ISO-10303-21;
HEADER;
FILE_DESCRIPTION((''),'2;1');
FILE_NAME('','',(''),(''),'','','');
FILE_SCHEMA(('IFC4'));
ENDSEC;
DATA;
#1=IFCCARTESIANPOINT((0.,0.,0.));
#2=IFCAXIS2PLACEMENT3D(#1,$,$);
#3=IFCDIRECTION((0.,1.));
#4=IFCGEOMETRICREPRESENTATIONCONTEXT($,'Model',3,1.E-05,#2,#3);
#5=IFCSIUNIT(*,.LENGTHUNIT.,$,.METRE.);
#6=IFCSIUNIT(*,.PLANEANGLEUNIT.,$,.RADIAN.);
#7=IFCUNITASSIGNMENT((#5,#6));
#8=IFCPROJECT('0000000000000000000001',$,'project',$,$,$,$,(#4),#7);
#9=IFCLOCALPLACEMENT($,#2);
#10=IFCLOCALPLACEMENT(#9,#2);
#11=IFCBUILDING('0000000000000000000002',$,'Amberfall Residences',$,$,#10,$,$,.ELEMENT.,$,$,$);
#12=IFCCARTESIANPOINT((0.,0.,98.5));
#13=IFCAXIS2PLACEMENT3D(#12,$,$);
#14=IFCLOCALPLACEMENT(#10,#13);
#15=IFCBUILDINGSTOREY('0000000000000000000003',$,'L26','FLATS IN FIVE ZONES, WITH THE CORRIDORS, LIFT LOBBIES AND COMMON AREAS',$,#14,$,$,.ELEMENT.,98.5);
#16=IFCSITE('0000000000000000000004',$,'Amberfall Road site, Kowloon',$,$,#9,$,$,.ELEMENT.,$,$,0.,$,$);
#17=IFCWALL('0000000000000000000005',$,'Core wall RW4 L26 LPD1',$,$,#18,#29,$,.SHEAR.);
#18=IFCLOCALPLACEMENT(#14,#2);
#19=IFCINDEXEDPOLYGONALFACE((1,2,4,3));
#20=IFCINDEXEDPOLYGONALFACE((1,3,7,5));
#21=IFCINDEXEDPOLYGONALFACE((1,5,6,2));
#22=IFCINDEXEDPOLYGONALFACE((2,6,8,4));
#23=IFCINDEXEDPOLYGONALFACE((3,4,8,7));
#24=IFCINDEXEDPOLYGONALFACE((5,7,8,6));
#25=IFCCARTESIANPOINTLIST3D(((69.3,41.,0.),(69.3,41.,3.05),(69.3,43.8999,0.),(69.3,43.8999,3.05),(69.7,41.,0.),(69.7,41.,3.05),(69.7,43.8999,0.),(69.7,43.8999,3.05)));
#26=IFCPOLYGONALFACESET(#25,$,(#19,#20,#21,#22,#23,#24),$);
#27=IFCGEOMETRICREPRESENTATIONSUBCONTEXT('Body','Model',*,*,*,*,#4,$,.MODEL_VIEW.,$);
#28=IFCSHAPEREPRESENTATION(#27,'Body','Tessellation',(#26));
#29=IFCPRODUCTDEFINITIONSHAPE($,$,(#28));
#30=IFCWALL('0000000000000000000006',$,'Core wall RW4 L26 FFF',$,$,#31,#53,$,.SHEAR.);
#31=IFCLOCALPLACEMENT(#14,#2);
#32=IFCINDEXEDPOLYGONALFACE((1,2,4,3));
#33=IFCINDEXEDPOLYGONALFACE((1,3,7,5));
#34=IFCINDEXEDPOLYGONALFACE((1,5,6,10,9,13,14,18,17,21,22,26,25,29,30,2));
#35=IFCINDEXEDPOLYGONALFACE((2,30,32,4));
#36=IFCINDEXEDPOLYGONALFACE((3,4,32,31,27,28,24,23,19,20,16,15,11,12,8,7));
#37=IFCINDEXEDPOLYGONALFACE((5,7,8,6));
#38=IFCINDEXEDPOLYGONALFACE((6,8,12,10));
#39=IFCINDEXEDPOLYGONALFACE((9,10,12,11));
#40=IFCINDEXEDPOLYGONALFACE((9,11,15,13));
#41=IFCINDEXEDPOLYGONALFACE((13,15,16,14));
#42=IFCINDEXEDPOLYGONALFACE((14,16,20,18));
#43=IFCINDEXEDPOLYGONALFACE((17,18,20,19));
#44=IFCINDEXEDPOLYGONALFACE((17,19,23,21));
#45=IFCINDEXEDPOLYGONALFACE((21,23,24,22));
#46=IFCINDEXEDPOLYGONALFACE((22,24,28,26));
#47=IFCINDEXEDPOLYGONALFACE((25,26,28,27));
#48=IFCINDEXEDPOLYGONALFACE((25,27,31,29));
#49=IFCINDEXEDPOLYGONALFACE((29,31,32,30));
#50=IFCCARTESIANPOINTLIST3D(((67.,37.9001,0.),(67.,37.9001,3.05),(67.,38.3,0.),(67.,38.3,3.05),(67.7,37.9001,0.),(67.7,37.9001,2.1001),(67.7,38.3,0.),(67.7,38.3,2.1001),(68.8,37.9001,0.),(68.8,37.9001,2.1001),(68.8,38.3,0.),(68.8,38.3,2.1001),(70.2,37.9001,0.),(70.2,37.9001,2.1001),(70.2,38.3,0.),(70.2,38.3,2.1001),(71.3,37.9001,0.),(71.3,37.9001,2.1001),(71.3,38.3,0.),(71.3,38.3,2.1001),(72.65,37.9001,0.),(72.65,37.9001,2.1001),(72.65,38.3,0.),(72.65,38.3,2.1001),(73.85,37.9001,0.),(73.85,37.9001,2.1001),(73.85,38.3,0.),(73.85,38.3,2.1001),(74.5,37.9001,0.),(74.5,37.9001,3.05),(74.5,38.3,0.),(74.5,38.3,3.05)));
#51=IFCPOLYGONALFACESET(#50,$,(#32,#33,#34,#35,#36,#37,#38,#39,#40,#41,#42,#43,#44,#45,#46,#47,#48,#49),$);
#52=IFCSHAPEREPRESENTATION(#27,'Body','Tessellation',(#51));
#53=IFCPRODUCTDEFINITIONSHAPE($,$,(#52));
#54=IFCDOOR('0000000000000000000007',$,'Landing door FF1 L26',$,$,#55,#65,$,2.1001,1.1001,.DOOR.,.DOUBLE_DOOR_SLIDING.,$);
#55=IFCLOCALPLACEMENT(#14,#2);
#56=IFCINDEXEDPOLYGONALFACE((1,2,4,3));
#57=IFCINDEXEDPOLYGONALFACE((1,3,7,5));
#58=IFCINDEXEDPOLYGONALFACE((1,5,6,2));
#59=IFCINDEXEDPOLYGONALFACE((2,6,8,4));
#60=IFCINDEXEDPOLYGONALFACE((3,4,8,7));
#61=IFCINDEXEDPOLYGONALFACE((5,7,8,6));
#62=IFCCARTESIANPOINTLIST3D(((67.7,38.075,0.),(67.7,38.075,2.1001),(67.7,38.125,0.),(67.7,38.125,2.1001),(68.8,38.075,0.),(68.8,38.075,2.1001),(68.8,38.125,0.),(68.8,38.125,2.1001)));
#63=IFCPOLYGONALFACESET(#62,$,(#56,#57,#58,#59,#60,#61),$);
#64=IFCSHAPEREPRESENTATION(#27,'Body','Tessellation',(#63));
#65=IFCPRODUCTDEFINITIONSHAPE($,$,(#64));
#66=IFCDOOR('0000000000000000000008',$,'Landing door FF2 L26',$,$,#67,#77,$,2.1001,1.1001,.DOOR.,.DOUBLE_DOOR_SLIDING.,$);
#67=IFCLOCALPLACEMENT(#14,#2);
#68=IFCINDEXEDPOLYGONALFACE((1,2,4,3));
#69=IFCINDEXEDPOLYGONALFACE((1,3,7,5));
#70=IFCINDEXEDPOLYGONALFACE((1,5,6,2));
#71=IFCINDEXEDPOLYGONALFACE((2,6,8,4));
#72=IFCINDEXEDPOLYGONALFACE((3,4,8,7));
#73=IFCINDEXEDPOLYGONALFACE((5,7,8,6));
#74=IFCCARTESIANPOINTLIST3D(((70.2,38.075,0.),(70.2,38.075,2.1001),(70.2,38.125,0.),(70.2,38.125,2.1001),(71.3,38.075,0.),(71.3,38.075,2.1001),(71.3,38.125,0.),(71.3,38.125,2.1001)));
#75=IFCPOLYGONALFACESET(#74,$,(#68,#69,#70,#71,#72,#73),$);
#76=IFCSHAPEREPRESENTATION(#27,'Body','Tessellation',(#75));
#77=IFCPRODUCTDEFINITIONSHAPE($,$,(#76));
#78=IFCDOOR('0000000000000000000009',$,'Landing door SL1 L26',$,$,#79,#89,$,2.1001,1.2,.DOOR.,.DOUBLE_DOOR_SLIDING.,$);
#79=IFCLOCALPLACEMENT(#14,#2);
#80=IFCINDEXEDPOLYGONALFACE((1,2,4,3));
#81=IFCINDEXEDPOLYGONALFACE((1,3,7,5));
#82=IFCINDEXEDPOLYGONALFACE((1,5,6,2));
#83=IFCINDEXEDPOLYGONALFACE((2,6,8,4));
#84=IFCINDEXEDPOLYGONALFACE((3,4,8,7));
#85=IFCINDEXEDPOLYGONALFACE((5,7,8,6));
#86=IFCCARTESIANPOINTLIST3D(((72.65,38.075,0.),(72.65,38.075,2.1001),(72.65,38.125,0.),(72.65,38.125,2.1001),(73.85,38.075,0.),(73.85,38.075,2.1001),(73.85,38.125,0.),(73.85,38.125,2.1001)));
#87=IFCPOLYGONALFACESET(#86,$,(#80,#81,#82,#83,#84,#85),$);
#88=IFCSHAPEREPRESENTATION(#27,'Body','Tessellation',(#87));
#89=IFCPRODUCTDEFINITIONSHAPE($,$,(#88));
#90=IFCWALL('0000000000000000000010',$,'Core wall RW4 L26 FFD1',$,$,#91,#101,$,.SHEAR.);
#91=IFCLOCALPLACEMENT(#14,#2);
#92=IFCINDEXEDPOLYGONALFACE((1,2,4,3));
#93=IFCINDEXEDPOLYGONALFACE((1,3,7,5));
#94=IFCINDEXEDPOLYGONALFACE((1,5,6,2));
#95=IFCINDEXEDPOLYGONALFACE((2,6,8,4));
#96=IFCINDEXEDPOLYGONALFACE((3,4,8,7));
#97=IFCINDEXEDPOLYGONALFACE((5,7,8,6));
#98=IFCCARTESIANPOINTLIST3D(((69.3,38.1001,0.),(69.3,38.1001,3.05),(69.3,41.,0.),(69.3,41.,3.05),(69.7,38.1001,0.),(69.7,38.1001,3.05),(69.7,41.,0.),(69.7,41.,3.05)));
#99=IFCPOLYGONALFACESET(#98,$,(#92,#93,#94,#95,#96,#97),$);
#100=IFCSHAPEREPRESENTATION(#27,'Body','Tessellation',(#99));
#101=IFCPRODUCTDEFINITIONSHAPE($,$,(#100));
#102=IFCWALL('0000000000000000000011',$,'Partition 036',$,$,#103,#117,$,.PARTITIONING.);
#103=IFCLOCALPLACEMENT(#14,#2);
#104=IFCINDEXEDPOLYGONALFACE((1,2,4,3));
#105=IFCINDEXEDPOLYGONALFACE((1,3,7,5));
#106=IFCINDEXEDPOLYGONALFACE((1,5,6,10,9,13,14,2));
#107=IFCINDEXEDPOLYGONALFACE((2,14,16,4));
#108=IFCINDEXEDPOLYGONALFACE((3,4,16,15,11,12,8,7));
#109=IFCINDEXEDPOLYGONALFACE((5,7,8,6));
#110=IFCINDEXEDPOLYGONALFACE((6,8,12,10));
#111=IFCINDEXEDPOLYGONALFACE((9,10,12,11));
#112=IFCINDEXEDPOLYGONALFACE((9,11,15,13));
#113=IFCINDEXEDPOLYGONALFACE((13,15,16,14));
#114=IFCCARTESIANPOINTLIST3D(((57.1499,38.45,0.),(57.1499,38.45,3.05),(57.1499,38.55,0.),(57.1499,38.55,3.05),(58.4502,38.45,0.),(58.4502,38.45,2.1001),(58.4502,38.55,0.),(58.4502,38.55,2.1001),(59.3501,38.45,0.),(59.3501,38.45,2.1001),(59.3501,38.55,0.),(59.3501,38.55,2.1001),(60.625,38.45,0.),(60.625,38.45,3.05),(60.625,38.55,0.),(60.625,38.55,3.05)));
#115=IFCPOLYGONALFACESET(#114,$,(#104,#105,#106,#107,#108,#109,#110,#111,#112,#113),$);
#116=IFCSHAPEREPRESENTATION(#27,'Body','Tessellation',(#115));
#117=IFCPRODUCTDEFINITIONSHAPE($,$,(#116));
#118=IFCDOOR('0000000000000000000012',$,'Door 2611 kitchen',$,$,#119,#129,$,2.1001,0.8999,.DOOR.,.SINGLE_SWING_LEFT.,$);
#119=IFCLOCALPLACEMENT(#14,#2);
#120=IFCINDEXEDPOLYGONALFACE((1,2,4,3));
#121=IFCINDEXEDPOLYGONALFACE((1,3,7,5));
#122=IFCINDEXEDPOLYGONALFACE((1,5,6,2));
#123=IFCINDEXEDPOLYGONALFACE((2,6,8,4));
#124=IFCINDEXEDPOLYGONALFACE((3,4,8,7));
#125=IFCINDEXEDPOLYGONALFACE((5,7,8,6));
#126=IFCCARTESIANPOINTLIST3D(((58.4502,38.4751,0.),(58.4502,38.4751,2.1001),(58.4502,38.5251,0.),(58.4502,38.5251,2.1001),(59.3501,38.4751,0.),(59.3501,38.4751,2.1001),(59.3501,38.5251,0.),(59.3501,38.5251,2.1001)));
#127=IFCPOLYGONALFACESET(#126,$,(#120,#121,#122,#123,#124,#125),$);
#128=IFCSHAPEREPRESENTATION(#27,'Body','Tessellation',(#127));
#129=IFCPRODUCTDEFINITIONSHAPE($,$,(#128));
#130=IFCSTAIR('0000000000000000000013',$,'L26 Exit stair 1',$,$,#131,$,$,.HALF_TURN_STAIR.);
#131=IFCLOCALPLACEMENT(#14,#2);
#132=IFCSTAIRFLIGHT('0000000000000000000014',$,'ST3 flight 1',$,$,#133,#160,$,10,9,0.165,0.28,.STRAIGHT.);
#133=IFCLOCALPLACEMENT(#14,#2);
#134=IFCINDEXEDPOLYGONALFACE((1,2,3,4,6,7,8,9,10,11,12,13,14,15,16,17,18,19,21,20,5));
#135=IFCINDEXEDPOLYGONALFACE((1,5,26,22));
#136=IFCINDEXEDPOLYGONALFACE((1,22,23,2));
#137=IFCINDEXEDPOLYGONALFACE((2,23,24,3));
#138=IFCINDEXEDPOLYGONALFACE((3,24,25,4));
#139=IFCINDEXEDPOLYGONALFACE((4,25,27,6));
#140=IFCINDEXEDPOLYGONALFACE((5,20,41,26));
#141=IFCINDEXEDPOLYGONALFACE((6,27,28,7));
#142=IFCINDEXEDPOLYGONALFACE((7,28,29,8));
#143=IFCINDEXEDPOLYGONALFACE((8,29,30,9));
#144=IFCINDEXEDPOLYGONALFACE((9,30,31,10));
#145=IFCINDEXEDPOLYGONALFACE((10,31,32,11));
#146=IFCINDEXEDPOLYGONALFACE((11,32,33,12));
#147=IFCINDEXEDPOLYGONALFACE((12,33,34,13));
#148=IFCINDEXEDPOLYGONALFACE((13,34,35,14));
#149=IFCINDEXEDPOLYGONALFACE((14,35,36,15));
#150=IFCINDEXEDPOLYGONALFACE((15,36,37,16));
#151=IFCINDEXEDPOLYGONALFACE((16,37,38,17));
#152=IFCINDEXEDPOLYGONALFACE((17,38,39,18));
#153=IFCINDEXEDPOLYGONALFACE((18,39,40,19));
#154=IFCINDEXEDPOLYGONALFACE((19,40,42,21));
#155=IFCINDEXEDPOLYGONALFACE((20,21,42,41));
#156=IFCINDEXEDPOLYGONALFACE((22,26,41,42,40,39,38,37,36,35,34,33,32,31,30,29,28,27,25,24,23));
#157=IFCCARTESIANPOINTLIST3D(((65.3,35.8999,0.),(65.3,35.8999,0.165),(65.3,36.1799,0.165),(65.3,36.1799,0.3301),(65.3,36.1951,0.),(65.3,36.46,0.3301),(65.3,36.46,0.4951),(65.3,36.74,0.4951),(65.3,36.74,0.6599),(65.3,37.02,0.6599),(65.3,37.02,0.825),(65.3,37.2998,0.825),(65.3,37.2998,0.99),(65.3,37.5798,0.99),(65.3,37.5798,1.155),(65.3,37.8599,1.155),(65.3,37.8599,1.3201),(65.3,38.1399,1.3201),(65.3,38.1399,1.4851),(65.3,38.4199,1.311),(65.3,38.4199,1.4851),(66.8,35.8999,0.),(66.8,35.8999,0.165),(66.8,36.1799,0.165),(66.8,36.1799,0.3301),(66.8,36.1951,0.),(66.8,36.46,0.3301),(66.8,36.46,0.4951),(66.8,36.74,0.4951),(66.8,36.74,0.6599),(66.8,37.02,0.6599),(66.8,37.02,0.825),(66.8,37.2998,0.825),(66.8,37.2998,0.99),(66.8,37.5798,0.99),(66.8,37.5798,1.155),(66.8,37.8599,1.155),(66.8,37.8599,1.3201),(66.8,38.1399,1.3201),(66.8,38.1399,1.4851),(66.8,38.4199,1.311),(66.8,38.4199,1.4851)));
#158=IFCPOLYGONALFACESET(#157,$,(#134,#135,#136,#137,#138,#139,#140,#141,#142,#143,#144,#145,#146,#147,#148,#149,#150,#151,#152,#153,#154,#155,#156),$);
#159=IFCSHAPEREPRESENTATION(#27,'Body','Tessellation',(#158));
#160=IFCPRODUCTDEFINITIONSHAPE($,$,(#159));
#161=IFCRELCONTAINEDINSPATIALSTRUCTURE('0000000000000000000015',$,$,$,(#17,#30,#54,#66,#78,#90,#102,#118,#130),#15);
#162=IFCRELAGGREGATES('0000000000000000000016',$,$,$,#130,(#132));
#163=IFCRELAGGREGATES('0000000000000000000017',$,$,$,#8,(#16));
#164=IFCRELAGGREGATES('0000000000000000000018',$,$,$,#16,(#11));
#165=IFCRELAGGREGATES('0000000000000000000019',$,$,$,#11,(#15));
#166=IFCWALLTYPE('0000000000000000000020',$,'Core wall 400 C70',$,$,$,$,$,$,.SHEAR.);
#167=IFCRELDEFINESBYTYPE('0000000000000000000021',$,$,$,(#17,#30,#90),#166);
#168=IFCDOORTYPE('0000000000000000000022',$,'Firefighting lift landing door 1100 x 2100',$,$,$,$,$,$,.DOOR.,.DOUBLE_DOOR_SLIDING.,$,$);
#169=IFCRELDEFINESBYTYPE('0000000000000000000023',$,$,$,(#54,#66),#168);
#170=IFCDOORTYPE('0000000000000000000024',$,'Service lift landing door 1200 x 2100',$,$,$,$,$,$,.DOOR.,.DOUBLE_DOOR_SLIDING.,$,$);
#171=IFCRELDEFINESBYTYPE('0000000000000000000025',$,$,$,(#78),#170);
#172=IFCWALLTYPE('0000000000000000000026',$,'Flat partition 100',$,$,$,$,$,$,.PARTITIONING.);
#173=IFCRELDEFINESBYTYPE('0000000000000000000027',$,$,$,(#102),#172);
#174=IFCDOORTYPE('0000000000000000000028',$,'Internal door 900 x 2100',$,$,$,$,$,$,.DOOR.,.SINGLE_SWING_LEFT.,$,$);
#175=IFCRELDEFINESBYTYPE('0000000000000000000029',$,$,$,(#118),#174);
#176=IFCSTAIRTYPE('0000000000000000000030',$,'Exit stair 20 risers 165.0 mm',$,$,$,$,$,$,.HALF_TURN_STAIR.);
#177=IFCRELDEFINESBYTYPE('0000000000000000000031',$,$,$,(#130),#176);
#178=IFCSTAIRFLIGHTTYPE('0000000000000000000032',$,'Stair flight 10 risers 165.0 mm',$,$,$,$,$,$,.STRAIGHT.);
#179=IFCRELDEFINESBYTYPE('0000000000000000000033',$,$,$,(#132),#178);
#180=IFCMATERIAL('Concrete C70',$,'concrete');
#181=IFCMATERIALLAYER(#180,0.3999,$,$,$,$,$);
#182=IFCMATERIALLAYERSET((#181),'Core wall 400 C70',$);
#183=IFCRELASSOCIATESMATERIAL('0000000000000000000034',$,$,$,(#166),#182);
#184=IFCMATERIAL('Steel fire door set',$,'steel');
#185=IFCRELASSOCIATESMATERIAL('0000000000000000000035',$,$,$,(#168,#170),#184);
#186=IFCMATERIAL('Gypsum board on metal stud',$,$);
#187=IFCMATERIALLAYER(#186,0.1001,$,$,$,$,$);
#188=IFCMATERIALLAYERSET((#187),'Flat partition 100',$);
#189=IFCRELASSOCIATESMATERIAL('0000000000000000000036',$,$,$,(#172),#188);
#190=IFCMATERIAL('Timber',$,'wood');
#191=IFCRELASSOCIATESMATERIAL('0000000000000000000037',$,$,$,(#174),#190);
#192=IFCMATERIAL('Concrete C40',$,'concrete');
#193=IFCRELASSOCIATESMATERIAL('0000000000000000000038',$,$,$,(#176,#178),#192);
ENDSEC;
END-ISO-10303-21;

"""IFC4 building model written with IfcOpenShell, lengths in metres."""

from ifc_helpers import new_model, si_unit, direction, frame, frame_2d, origin, place, context, subcontext, project, spatial, polyline, rectangle, outline, extrude, material, layer, layer_set, type_object, element, fill, aggregate, save


model = new_model("IFC4")

# Units and contexts
model_context = context("Model", 3, precision=1e-05, world=origin(), true_north=direction((0.0, 1.0)))
body_context = subcontext(model_context, "Body", "Model", "MODEL_VIEW")
ifc_project = project(units=[si_unit("LENGTHUNIT", "METRE"), si_unit("PLANEANGLEUNIT", "RADIAN")], contexts=[model_context])

# Site, building, storey
site_placement = place(None, origin())
site = spatial("IfcSite", under=ifc_project, at=site_placement, Name="Amberfall Road site, Kowloon", CompositionType="ELEMENT", RefElevation=0.0)
building_placement = place(site_placement, origin())
building = spatial("IfcBuilding", under=site, at=building_placement, Name="Amberfall Residences", CompositionType="ELEMENT")
storey_placement = place(building_placement, frame((0.0, 0.0, 98.5)))
storey = spatial("IfcBuildingStorey", under=building, at=storey_placement, Name="L26", Description="FLATS IN FIVE ZONES, WITH THE CORRIDORS, LIFT LOBBIES AND COMMON AREAS", CompositionType="ELEMENT", Elevation=98.5)

# Shared definitions
ifc_material_1 = material(Name="Concrete C70", Category="concrete")
ifc_layer_1 = layer(ifc_material_1, 0.3999)
ifc_layer_set_1 = layer_set([ifc_layer_1], Name="Core wall 400 C70")
wall_type_1 = type_object("IfcWallType", Name="Core wall 400 C70", PredefinedType="SHEAR", material=ifc_layer_set_1)

# Shared definitions
ifc_material_2 = material(Name="Steel fire door set", Category="steel")

# Wall
wall_1_placement = place(storey_placement, frame((69.5, 41.0, 0.0), z_axis=(0.0, 0.0, 1.0), x_axis=(0.0, 1.0, 0.0)))
element("IfcWall", 1, at=wall_1_placement, inside=storey, type_object=wall_type_1, Name="Core wall RW4 L26 LPD1", PredefinedType="SHEAR", context=body_context, shape_type="SweptSolid", body=[
    extrude(rectangle(XDim=2.8999, YDim=0.3999, at=frame_2d((1.45, 0.0))), origin(), (0.0, 0.0, 1.0), 3.05),
])

# Wall, openings, doors
wall_2_placement = place(storey_placement, frame((67.0, 38.1001, 0.0), z_axis=(0.0, 0.0, 1.0), x_axis=(1.0, 0.0, 0.0)))
wall_2 = element("IfcWall", 2, at=wall_2_placement, inside=storey, type_object=wall_type_1, Name="Core wall RW4 L26 FFF", PredefinedType="SHEAR", context=body_context, shape_type="SweptSolid", body=[
    extrude(rectangle(XDim=7.5, YDim=0.3999, at=frame_2d((3.75, 0.0))), origin(), (0.0, 0.0, 1.0), 3.05),
])
opening_1_placement = place(wall_2_placement, frame((0.7, 0.0, 0.0)))
opening_1 = element("IfcOpeningElement", 3, at=opening_1_placement, cuts=wall_2, PredefinedType="OPENING", context=body_context, shape_type="SweptSolid", body=[
    extrude(rectangle(XDim=1.1001, YDim=2.1001, at=frame_2d((0.55, 1.05))), frame((0.0, 0.21, 0.0), z_axis=(0.0, -1.0, 0.0), x_axis=(1.0, 0.0, 0.0)), (0.0, 0.0, 1.0), 0.4199),
])
opening_2_placement = place(wall_2_placement, frame((3.2, 0.0, 0.0)))
opening_2 = element("IfcOpeningElement", 4, at=opening_2_placement, cuts=wall_2, PredefinedType="OPENING", context=body_context, shape_type="SweptSolid", body=[
    extrude(rectangle(XDim=1.1001, YDim=2.1001, at=frame_2d((0.55, 1.05))), frame((0.0, 0.21, 0.0), z_axis=(0.0, -1.0, 0.0), x_axis=(1.0, 0.0, 0.0)), (0.0, 0.0, 1.0), 0.4199),
])
opening_3_placement = place(wall_2_placement, frame((5.6499, 0.0, 0.0)))
opening_3 = element("IfcOpeningElement", 5, at=opening_3_placement, cuts=wall_2, PredefinedType="OPENING", context=body_context, shape_type="SweptSolid", body=[
    extrude(rectangle(XDim=1.2, YDim=2.1001, at=frame_2d((0.6001, 1.05))), frame((0.0, 0.21, 0.0), z_axis=(0.0, -1.0, 0.0), x_axis=(1.0, 0.0, 0.0)), (0.0, 0.0, 1.0), 0.4199),
])
door_type_1 = type_object("IfcDoorType", Name="Firefighting lift landing door 1100 x 2100", OperationType="DOUBLE_DOOR_SLIDING", PredefinedType="DOOR", material=ifc_material_2)
door_1_placement = place(opening_1_placement, origin())
door_1 = element("IfcDoor", 6, at=door_1_placement, inside=storey, type_object=door_type_1, Name="Landing door FF1 L26", OperationType="DOUBLE_DOOR_SLIDING", OverallHeight=2.1001, OverallWidth=1.1001, PredefinedType="DOOR", context=body_context, shape_type="SweptSolid", body=[
    extrude(rectangle(XDim=1.1001, YDim=2.1001, at=frame_2d((0.55, 1.05))), frame((0.0, 0.0249, 0.0), z_axis=(0.0, -1.0, 0.0), x_axis=(1.0, 0.0, 0.0)), (0.0, 0.0, 1.0), 0.05),
])
fill(opening_1, door_1)
door_2_placement = place(opening_2_placement, origin())
door_2 = element("IfcDoor", 7, at=door_2_placement, inside=storey, type_object=door_type_1, Name="Landing door FF2 L26", OperationType="DOUBLE_DOOR_SLIDING", OverallHeight=2.1001, OverallWidth=1.1001, PredefinedType="DOOR", context=body_context, shape_type="SweptSolid", body=[
    extrude(rectangle(XDim=1.1001, YDim=2.1001, at=frame_2d((0.55, 1.05))), frame((0.0, 0.0249, 0.0), z_axis=(0.0, -1.0, 0.0), x_axis=(1.0, 0.0, 0.0)), (0.0, 0.0, 1.0), 0.05),
])
fill(opening_2, door_2)
door_type_2 = type_object("IfcDoorType", Name="Service lift landing door 1200 x 2100", OperationType="DOUBLE_DOOR_SLIDING", PredefinedType="DOOR", material=ifc_material_2)
door_3_placement = place(opening_3_placement, origin())
door_3 = element("IfcDoor", 8, at=door_3_placement, inside=storey, type_object=door_type_2, Name="Landing door SL1 L26", OperationType="DOUBLE_DOOR_SLIDING", OverallHeight=2.1001, OverallWidth=1.2, PredefinedType="DOOR", context=body_context, shape_type="SweptSolid", body=[
    extrude(rectangle(XDim=1.2, YDim=2.1001, at=frame_2d((0.6001, 1.05))), frame((0.0, 0.0249, 0.0), z_axis=(0.0, -1.0, 0.0), x_axis=(1.0, 0.0, 0.0)), (0.0, 0.0, 1.0), 0.05),
])
fill(opening_3, door_3)

# Wall
wall_3_placement = place(storey_placement, frame((69.5, 38.1001, 0.0), z_axis=(0.0, 0.0, 1.0), x_axis=(0.0, 1.0, 0.0)))
element("IfcWall", 9, at=wall_3_placement, inside=storey, type_object=wall_type_1, Name="Core wall RW4 L26 FFD1", PredefinedType="SHEAR", context=body_context, shape_type="SweptSolid", body=[
    extrude(rectangle(XDim=2.8999, YDim=0.3999, at=frame_2d((1.45, 0.0))), origin(), (0.0, 0.0, 1.0), 3.05),
])

# Wall, opening, door
ifc_material_3 = material(Name="Gypsum board on metal stud")
ifc_layer_2 = layer(ifc_material_3, 0.1001)
ifc_layer_set_2 = layer_set([ifc_layer_2], Name="Flat partition 100")
wall_type_2 = type_object("IfcWallType", Name="Flat partition 100", PredefinedType="PARTITIONING", material=ifc_layer_set_2)
wall_4_placement = place(storey_placement, frame((60.625, 38.5, 0.0), z_axis=(0.0, 0.0, 1.0), x_axis=(-1.0, 0.0, 0.0)))
wall_4 = element("IfcWall", 10, at=wall_4_placement, inside=storey, type_object=wall_type_2, Name="Partition 036", PredefinedType="PARTITIONING", context=body_context, shape_type="SweptSolid", body=[
    extrude(rectangle(XDim=3.4751, YDim=0.1001, at=frame_2d((1.7375, 0.0))), origin(), (0.0, 0.0, 1.0), 3.05),
])
opening_4_placement = place(wall_4_placement, frame((1.2749, 0.0, 0.0)))
opening_4 = element("IfcOpeningElement", 11, at=opening_4_placement, cuts=wall_4, PredefinedType="OPENING", context=body_context, shape_type="SweptSolid", body=[
    extrude(rectangle(XDim=0.8999, YDim=2.1001, at=frame_2d((0.45, 1.05))), frame((0.0, 0.0601, 0.0), z_axis=(0.0, -1.0, 0.0), x_axis=(1.0, 0.0, 0.0)), (0.0, 0.0, 1.0), 0.1201),
])
ifc_material_4 = material(Name="Timber", Category="wood")
door_type_3 = type_object("IfcDoorType", Name="Internal door 900 x 2100", OperationType="SINGLE_SWING_LEFT", PredefinedType="DOOR", material=ifc_material_4)
door_4_placement = place(opening_4_placement, origin())
door_4 = element("IfcDoor", 12, at=door_4_placement, inside=storey, type_object=door_type_3, Name="Door 2611 kitchen", OperationType="SINGLE_SWING_LEFT", OverallHeight=2.1001, OverallWidth=0.8999, PredefinedType="DOOR", context=body_context, shape_type="SweptSolid", body=[
    extrude(rectangle(XDim=0.8999, YDim=2.1001, at=frame_2d((0.45, 1.05))), frame((0.0, 0.0249, 0.0), z_axis=(0.0, -1.0, 0.0), x_axis=(1.0, 0.0, 0.0)), (0.0, 0.0, 1.0), 0.05),
])
fill(opening_4, door_4)

# Stair, stair flight
ifc_material_5 = material(Name="Concrete C40", Category="concrete")
stair_type = type_object("IfcStairType", Name="Exit stair 20 risers 165.0 mm", PredefinedType="HALF_TURN_STAIR", material=ifc_material_5)
stair_placement = place(storey_placement, origin())
stair = element("IfcStair", 13, at=stair_placement, inside=storey, type_object=stair_type, Name="L26 Exit stair 1", PredefinedType="HALF_TURN_STAIR")
stair_flight_type = type_object("IfcStairFlightType", Name="Stair flight 10 risers 165.0 mm", PredefinedType="STRAIGHT", material=ifc_material_5)
stair_flight_1_placement = place(storey_placement, frame((66.05, 35.8999, 0.0), z_axis=(0.0, 0.0, 1.0), x_axis=(0.0, 1.0, 0.0)))
stair_flight_1 = element("IfcStairFlight", 14, at=stair_flight_1_placement, type_object=stair_flight_type, Name="ST3 flight 1", NumberOfRisers=10, NumberOfTreads=9, PredefinedType="STRAIGHT", RiserHeight=0.165, TreadLength=0.28, context=body_context, shape_type="SweptSolid", body=[
    extrude(outline(polyline([(0.0, 0.0), (0.0, 0.165), (0.28, 0.165), (0.28, 0.3301), (0.5601, 0.3301), (0.5601, 0.4951), (0.8401, 0.4951), (0.8401, 0.6599), (1.1201, 0.6599), (1.1201, 0.825), (1.3999, 0.825), (1.3999, 0.99), (1.6799, 0.99), (1.6799, 1.155), (1.96, 1.155), (1.96, 1.3201), (2.24, 1.3201), (2.24, 1.4851), (2.52, 1.4851), (2.52, 1.6499), (2.52, 1.311), (0.2952, 0.0), (0.0, 0.0)])), frame((0.0, 0.75, 0.0), z_axis=(0.0, -1.0, 0.0), x_axis=(1.0, 0.0, 0.0)), (0.0, 0.0, 1.0), 1.5),
])
aggregate(stair, [stair_flight_1])

save(model, "model.ifc")
